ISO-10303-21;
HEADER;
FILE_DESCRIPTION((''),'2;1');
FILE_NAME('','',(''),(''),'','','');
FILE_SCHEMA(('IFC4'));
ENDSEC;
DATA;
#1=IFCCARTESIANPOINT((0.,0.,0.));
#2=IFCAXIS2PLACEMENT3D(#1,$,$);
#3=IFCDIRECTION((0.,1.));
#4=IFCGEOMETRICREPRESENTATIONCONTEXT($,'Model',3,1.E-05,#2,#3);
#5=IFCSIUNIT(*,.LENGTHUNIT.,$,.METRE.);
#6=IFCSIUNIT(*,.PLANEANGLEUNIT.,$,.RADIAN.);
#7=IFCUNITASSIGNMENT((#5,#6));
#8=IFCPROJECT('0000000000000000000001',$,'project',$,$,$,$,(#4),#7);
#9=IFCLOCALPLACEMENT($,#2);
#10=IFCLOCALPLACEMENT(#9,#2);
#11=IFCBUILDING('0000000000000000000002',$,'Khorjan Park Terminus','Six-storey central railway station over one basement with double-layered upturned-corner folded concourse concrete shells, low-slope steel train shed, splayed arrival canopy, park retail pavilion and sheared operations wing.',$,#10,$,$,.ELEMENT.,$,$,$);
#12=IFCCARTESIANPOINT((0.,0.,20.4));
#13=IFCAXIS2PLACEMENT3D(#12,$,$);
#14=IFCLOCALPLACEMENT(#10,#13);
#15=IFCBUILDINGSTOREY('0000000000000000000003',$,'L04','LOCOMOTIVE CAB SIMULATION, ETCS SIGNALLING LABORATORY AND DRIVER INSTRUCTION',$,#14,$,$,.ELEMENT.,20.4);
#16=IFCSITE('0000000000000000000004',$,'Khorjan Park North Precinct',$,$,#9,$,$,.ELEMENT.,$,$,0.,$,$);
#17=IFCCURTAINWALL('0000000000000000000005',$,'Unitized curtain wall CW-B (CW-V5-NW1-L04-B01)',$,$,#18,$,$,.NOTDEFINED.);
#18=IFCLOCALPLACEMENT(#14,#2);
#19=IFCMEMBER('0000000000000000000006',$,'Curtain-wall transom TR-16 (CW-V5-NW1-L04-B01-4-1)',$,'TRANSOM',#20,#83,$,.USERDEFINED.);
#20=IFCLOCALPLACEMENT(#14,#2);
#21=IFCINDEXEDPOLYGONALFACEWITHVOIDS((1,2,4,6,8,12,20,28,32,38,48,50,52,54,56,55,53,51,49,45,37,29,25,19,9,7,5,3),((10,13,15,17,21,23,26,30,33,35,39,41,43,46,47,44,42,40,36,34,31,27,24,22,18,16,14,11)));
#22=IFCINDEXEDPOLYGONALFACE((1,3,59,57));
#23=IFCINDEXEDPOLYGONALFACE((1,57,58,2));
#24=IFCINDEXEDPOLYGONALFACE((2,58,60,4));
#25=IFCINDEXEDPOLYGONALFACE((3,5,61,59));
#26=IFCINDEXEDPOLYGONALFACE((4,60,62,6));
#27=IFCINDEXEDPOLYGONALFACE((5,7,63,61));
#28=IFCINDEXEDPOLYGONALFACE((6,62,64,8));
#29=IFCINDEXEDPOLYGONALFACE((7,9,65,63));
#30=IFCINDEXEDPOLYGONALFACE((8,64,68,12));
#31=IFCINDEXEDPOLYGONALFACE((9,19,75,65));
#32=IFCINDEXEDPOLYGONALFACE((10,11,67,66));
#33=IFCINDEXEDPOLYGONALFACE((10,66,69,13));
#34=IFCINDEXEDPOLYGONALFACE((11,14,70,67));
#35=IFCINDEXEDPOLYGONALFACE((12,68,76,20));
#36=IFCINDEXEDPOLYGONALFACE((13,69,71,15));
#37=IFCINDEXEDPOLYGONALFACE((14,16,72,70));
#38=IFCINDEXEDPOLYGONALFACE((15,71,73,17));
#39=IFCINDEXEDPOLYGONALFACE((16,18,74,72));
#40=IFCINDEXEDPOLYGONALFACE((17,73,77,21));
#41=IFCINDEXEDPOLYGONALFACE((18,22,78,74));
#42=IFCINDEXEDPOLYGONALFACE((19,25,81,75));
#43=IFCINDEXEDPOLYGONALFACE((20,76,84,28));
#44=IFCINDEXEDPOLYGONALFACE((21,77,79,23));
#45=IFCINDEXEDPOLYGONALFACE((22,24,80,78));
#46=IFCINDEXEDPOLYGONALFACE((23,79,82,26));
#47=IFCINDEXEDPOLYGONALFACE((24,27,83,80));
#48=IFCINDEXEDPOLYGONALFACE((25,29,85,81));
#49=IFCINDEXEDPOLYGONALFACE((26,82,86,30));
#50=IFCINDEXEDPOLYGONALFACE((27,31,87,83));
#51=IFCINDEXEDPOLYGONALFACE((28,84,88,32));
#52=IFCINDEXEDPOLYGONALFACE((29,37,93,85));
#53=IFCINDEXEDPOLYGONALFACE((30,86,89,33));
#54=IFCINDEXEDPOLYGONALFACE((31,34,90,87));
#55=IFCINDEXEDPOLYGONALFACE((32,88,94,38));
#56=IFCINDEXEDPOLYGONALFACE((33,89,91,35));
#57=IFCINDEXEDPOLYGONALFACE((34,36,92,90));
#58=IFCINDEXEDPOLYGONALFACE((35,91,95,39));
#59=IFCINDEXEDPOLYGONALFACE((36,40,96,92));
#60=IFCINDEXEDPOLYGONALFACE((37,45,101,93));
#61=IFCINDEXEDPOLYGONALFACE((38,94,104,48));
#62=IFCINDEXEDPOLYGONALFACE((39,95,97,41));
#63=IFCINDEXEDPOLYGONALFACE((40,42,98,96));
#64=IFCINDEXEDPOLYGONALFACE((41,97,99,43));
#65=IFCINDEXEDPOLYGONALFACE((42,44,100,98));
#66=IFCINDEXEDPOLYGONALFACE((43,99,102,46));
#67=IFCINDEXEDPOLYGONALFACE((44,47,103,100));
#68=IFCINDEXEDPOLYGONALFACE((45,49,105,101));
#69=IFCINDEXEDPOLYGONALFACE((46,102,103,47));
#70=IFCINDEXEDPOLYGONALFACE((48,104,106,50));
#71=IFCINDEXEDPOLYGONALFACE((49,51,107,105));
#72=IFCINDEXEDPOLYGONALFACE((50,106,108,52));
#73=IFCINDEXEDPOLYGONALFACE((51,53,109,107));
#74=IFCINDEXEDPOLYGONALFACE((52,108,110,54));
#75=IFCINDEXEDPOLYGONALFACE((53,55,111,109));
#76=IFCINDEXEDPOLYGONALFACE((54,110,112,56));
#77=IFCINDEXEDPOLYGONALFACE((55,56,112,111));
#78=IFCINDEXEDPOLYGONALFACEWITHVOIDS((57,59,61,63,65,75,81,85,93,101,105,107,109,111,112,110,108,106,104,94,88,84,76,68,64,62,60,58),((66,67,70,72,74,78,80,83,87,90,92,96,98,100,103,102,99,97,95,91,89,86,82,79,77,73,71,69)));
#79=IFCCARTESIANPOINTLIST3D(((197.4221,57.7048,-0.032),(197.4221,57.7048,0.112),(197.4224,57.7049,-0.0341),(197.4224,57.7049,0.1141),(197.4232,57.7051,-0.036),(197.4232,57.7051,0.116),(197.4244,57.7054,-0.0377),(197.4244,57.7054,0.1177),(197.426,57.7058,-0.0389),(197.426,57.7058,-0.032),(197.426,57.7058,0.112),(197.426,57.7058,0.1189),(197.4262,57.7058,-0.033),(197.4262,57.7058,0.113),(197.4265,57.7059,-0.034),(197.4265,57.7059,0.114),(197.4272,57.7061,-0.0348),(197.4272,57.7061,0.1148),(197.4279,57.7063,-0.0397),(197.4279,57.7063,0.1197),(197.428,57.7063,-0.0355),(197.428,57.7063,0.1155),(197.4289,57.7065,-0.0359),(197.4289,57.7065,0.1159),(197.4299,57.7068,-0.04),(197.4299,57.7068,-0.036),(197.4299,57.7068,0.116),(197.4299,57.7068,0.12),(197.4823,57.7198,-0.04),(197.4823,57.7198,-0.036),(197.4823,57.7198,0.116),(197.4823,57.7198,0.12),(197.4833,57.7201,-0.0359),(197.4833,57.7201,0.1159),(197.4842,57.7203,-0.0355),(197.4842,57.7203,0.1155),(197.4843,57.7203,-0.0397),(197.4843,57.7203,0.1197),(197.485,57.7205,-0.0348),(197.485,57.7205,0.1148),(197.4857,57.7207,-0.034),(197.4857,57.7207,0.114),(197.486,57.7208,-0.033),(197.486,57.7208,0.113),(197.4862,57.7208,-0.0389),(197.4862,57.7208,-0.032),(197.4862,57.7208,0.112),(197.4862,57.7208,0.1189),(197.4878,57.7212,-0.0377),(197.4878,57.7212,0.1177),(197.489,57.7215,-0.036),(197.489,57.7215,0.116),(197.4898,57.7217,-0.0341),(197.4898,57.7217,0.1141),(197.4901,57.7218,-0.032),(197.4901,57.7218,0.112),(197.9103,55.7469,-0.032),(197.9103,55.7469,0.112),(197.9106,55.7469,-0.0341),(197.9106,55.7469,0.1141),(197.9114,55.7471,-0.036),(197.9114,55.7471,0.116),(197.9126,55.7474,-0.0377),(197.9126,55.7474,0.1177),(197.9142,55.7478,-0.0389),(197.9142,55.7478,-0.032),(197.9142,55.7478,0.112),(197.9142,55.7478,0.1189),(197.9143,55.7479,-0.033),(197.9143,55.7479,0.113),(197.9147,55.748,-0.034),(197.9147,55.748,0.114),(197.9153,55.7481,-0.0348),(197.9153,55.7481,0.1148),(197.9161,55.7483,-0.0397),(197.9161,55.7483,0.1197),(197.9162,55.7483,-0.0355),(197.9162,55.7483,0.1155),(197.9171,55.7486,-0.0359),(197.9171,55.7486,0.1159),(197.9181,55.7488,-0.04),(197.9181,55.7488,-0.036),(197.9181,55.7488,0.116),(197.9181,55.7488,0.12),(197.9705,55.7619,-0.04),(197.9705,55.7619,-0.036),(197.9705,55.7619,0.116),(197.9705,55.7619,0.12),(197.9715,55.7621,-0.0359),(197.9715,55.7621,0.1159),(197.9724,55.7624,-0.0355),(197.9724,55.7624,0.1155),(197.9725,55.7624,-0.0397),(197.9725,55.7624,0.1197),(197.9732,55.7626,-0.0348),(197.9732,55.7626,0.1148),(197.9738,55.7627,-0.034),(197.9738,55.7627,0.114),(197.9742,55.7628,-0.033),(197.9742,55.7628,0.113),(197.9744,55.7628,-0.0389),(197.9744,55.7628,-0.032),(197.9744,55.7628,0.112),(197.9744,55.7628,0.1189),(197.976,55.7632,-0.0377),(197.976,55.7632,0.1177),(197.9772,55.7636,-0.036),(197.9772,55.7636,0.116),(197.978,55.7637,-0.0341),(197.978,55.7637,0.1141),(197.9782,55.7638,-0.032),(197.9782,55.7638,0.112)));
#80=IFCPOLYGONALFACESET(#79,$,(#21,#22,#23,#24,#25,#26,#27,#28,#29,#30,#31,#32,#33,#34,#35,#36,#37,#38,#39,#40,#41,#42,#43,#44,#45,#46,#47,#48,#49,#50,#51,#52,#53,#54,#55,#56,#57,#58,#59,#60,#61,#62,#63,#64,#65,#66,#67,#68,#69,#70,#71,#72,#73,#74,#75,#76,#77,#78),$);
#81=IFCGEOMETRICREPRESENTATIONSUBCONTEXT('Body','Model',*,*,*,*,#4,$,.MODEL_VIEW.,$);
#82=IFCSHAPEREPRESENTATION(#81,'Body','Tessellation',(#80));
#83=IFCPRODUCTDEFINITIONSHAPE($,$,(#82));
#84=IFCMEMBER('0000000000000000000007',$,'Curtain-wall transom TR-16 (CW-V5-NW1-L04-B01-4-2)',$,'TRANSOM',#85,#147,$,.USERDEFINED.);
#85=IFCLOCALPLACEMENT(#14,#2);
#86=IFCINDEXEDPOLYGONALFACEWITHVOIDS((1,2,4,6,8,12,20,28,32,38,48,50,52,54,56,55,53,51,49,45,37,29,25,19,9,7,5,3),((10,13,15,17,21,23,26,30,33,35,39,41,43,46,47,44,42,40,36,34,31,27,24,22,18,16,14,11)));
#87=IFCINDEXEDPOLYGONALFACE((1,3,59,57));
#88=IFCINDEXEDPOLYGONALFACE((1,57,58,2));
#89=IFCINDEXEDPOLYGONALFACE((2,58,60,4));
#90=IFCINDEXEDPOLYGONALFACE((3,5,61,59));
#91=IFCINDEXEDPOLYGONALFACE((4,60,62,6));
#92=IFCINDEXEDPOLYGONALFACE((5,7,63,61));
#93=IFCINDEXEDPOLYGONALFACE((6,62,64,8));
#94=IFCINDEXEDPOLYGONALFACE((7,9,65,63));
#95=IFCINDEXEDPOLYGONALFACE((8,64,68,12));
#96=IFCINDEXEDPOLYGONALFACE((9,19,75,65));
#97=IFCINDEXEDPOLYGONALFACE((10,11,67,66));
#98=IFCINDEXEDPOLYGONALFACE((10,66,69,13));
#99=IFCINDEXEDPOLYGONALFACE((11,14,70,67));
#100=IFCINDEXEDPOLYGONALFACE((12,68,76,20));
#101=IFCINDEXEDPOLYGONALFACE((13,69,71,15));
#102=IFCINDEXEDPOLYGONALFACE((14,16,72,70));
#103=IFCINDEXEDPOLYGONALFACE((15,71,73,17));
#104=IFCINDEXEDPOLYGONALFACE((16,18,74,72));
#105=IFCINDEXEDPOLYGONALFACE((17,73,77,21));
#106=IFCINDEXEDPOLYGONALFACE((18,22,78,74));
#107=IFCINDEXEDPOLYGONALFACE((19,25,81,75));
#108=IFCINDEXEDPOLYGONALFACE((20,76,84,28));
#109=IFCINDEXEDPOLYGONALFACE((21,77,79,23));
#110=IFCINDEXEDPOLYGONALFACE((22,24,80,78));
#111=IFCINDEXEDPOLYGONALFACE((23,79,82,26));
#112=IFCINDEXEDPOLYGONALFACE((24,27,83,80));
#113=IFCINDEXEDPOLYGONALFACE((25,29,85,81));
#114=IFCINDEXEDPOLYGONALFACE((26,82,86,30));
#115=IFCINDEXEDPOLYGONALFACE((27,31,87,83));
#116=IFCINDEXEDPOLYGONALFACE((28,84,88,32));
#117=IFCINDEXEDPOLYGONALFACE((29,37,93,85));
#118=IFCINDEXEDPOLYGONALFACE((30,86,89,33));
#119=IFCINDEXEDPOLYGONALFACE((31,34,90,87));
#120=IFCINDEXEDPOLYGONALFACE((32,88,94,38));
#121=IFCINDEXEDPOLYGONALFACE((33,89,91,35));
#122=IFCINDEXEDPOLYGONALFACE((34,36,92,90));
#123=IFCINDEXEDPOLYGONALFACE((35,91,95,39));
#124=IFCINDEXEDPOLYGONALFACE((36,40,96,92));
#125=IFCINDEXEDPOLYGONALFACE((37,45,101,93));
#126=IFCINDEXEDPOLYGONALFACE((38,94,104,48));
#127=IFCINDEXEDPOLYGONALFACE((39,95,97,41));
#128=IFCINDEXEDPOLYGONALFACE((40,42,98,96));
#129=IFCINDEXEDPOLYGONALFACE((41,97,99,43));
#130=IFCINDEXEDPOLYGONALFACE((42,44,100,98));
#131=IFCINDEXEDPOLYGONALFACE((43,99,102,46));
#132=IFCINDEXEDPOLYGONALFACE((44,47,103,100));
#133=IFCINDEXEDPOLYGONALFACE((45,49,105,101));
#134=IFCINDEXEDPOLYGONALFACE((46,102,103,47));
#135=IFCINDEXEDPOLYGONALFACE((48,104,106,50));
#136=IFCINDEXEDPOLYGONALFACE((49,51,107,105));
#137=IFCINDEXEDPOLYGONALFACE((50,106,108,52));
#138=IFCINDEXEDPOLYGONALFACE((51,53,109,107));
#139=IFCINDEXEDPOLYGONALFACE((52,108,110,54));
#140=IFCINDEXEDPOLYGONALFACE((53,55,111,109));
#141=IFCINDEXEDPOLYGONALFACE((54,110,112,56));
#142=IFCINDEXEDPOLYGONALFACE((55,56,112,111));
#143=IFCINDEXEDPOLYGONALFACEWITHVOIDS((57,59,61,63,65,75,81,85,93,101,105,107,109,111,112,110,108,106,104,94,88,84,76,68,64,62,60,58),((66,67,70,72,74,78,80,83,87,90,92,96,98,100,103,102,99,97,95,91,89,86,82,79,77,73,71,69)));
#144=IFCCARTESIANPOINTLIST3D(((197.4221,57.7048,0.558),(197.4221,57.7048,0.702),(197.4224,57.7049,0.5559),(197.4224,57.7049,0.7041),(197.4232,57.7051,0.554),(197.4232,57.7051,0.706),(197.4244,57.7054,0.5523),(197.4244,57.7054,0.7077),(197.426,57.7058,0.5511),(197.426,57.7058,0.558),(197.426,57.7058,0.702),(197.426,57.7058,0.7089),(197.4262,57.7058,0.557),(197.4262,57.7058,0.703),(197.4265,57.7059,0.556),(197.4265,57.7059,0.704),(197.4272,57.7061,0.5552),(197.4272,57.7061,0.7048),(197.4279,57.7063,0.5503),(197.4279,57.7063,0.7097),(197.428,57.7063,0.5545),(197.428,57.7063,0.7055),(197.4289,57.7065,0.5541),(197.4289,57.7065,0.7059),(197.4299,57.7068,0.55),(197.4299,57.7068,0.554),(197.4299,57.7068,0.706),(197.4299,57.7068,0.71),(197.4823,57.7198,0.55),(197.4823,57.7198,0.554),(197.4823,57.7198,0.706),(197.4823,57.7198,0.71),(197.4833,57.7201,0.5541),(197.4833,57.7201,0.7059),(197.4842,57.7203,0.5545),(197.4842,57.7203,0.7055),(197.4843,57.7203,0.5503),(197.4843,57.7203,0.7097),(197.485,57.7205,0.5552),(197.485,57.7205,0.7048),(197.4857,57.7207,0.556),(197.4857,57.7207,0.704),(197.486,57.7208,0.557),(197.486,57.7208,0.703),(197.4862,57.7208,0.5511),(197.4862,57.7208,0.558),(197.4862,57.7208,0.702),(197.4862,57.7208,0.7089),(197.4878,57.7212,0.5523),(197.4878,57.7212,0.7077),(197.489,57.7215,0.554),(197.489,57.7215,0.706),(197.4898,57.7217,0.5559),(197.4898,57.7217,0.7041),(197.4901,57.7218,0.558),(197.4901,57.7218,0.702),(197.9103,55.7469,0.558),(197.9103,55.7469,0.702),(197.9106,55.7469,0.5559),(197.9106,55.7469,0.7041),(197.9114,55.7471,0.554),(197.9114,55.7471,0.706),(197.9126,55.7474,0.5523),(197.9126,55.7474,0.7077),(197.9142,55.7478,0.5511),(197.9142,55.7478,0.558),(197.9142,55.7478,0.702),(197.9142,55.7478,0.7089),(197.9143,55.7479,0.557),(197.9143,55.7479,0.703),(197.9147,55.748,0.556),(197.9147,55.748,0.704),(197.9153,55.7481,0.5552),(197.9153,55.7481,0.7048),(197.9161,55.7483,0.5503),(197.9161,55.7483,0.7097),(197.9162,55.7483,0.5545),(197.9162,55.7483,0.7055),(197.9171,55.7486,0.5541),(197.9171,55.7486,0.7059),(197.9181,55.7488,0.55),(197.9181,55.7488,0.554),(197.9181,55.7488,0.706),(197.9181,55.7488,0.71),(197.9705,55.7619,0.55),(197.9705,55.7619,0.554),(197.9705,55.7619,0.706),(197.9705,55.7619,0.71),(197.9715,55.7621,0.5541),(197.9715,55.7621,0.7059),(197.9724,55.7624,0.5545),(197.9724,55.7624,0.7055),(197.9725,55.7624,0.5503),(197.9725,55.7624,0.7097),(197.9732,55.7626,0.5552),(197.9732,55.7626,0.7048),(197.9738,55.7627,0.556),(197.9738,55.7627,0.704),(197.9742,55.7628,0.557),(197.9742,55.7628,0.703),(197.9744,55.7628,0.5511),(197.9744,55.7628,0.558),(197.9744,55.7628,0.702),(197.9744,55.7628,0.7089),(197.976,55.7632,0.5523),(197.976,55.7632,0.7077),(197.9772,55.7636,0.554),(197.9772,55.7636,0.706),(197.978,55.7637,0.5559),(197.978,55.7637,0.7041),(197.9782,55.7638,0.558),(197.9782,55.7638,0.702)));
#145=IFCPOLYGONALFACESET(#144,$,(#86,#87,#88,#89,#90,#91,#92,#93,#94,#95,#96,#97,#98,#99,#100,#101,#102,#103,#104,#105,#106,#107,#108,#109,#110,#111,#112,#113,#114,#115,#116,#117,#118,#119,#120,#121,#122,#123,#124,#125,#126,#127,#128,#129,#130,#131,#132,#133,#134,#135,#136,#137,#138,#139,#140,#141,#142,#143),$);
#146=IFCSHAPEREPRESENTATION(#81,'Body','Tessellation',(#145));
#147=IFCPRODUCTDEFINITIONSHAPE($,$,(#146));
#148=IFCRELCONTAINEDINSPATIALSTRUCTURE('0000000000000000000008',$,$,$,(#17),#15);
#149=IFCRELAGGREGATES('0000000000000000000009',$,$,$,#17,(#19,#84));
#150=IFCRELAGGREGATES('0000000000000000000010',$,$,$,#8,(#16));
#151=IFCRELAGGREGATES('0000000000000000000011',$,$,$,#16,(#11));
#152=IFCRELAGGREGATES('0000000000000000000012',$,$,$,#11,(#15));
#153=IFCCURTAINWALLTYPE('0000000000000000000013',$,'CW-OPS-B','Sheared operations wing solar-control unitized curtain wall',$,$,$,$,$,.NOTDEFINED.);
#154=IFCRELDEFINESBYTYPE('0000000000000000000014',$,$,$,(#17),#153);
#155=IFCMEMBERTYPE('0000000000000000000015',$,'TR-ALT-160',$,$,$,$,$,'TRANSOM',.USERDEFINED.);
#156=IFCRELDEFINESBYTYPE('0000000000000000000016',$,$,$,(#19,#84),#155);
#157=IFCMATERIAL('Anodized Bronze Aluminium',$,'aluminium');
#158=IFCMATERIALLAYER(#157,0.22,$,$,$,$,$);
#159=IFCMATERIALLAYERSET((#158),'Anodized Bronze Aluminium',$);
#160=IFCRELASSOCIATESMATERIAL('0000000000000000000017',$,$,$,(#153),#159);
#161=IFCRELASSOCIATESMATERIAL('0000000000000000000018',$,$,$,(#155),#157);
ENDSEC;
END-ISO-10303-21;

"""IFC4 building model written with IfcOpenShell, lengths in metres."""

from ifc_helpers import new_model, si_unit, direction, frame, origin, origin_2d, place, context, subcontext, project, spatial, hollow_rectangle, extrude, material, layer, layer_set, material_profile, profile_set, type_object, element, aggregate, save


model = new_model("IFC4")

# Units and contexts
model_context = context("Model", 3, precision=1e-05, world=origin(), true_north=direction((0.0, 1.0)))
body_context = subcontext(model_context, "Body", "Model", "MODEL_VIEW")
ifc_project = project(units=[si_unit("LENGTHUNIT", "METRE"), si_unit("PLANEANGLEUNIT", "RADIAN")], contexts=[model_context])

# Site, building, storey
site_placement = place(None, origin())
site = spatial("IfcSite", under=ifc_project, at=site_placement, Name="Khorjan Park North Precinct", CompositionType="ELEMENT", RefElevation=0.0)
building_placement = place(site_placement, origin())
building = spatial("IfcBuilding", under=site, at=building_placement, Name="Khorjan Park Terminus", Description="Six-storey central railway station over one basement with double-layered upturned-corner folded concourse concrete shells, low-slope steel train shed, splayed arrival canopy, park retail pavilion and sheared operations wing.", CompositionType="ELEMENT")
storey_placement = place(building_placement, frame((0.0, 0.0, 20.4)))
storey = spatial("IfcBuildingStorey", under=building, at=storey_placement, Name="L04", Description="LOCOMOTIVE CAB SIMULATION, ETCS SIGNALLING LABORATORY AND DRIVER INSTRUCTION", CompositionType="ELEMENT", Elevation=20.4)

# Curtain wall
ifc_material_1 = material(Name="Anodized Bronze Aluminium", Category="aluminium")
ifc_layer_1 = layer(ifc_material_1, 0.22)
ifc_layer_set_1 = layer_set([ifc_layer_1], Name="Anodized Bronze Aluminium")
curtain_wall_type = type_object("IfcCurtainWallType", Name="CW-OPS-B", Description="Sheared operations wing solar-control unitized curtain wall", PredefinedType="NOTDEFINED", material=ifc_layer_set_1)
curtain_wall_1_placement = place(storey_placement, origin())
curtain_wall_1 = element("IfcCurtainWall", 1, at=curtain_wall_1_placement, inside=storey, type_object=curtain_wall_type, Name="Unitized curtain wall CW-B (CW-V5-NW1-L04-B01)", PredefinedType="NOTDEFINED")

# Members
ifc_material_profile_1 = material_profile(ifc_material_1, hollow_rectangle(XDim=0.07, YDim=0.16, WallThickness=0.004, InnerFilletRadius=0.004, OuterFilletRadius=0.008, at=origin_2d()), Name="ALT 70x160x4")
ifc_profile_set_1 = profile_set([ifc_material_profile_1], Name="Anodized Bronze Aluminium")
member_type_1 = type_object("IfcMemberType", Name="TR-ALT-160", ElementType="TRANSOM", PredefinedType="USERDEFINED", material=ifc_profile_set_1)
member_1_placement = place(storey_placement, frame((197.4561, 57.7133, 0.04), z_axis=(0.241929, -0.970294, 0.0), x_axis=(0.970294, 0.241929, 0.0)))
member_1 = element("IfcMember", 2, at=member_1_placement, type_object=member_type_1, Name="Curtain-wall transom TR-16 (CW-V5-NW1-L04-B01-4-1)", ObjectType="TRANSOM", PredefinedType="USERDEFINED", context=body_context, shape_type="SweptSolid", body=[
    extrude(hollow_rectangle(XDim=0.07, YDim=0.16, WallThickness=0.004, InnerFilletRadius=0.004, OuterFilletRadius=0.008, at=origin_2d()), origin(), (0.0, 0.0, 1.0), 2.0179),
])
member_2_placement = place(storey_placement, frame((197.4561, 57.7133, 0.63), z_axis=(0.241929, -0.970294, 0.0), x_axis=(0.970294, 0.241929, 0.0)))
member_2 = element("IfcMember", 3, at=member_2_placement, type_object=member_type_1, Name="Curtain-wall transom TR-16 (CW-V5-NW1-L04-B01-4-2)", ObjectType="TRANSOM", PredefinedType="USERDEFINED", context=body_context, shape_type="SweptSolid", body=[
    extrude(hollow_rectangle(XDim=0.07, YDim=0.16, WallThickness=0.004, InnerFilletRadius=0.004, OuterFilletRadius=0.008, at=origin_2d()), origin(), (0.0, 0.0, 1.0), 2.0179),
])

aggregate(curtain_wall_1, [member_1, member_2])

save(model, "model.ifc")
